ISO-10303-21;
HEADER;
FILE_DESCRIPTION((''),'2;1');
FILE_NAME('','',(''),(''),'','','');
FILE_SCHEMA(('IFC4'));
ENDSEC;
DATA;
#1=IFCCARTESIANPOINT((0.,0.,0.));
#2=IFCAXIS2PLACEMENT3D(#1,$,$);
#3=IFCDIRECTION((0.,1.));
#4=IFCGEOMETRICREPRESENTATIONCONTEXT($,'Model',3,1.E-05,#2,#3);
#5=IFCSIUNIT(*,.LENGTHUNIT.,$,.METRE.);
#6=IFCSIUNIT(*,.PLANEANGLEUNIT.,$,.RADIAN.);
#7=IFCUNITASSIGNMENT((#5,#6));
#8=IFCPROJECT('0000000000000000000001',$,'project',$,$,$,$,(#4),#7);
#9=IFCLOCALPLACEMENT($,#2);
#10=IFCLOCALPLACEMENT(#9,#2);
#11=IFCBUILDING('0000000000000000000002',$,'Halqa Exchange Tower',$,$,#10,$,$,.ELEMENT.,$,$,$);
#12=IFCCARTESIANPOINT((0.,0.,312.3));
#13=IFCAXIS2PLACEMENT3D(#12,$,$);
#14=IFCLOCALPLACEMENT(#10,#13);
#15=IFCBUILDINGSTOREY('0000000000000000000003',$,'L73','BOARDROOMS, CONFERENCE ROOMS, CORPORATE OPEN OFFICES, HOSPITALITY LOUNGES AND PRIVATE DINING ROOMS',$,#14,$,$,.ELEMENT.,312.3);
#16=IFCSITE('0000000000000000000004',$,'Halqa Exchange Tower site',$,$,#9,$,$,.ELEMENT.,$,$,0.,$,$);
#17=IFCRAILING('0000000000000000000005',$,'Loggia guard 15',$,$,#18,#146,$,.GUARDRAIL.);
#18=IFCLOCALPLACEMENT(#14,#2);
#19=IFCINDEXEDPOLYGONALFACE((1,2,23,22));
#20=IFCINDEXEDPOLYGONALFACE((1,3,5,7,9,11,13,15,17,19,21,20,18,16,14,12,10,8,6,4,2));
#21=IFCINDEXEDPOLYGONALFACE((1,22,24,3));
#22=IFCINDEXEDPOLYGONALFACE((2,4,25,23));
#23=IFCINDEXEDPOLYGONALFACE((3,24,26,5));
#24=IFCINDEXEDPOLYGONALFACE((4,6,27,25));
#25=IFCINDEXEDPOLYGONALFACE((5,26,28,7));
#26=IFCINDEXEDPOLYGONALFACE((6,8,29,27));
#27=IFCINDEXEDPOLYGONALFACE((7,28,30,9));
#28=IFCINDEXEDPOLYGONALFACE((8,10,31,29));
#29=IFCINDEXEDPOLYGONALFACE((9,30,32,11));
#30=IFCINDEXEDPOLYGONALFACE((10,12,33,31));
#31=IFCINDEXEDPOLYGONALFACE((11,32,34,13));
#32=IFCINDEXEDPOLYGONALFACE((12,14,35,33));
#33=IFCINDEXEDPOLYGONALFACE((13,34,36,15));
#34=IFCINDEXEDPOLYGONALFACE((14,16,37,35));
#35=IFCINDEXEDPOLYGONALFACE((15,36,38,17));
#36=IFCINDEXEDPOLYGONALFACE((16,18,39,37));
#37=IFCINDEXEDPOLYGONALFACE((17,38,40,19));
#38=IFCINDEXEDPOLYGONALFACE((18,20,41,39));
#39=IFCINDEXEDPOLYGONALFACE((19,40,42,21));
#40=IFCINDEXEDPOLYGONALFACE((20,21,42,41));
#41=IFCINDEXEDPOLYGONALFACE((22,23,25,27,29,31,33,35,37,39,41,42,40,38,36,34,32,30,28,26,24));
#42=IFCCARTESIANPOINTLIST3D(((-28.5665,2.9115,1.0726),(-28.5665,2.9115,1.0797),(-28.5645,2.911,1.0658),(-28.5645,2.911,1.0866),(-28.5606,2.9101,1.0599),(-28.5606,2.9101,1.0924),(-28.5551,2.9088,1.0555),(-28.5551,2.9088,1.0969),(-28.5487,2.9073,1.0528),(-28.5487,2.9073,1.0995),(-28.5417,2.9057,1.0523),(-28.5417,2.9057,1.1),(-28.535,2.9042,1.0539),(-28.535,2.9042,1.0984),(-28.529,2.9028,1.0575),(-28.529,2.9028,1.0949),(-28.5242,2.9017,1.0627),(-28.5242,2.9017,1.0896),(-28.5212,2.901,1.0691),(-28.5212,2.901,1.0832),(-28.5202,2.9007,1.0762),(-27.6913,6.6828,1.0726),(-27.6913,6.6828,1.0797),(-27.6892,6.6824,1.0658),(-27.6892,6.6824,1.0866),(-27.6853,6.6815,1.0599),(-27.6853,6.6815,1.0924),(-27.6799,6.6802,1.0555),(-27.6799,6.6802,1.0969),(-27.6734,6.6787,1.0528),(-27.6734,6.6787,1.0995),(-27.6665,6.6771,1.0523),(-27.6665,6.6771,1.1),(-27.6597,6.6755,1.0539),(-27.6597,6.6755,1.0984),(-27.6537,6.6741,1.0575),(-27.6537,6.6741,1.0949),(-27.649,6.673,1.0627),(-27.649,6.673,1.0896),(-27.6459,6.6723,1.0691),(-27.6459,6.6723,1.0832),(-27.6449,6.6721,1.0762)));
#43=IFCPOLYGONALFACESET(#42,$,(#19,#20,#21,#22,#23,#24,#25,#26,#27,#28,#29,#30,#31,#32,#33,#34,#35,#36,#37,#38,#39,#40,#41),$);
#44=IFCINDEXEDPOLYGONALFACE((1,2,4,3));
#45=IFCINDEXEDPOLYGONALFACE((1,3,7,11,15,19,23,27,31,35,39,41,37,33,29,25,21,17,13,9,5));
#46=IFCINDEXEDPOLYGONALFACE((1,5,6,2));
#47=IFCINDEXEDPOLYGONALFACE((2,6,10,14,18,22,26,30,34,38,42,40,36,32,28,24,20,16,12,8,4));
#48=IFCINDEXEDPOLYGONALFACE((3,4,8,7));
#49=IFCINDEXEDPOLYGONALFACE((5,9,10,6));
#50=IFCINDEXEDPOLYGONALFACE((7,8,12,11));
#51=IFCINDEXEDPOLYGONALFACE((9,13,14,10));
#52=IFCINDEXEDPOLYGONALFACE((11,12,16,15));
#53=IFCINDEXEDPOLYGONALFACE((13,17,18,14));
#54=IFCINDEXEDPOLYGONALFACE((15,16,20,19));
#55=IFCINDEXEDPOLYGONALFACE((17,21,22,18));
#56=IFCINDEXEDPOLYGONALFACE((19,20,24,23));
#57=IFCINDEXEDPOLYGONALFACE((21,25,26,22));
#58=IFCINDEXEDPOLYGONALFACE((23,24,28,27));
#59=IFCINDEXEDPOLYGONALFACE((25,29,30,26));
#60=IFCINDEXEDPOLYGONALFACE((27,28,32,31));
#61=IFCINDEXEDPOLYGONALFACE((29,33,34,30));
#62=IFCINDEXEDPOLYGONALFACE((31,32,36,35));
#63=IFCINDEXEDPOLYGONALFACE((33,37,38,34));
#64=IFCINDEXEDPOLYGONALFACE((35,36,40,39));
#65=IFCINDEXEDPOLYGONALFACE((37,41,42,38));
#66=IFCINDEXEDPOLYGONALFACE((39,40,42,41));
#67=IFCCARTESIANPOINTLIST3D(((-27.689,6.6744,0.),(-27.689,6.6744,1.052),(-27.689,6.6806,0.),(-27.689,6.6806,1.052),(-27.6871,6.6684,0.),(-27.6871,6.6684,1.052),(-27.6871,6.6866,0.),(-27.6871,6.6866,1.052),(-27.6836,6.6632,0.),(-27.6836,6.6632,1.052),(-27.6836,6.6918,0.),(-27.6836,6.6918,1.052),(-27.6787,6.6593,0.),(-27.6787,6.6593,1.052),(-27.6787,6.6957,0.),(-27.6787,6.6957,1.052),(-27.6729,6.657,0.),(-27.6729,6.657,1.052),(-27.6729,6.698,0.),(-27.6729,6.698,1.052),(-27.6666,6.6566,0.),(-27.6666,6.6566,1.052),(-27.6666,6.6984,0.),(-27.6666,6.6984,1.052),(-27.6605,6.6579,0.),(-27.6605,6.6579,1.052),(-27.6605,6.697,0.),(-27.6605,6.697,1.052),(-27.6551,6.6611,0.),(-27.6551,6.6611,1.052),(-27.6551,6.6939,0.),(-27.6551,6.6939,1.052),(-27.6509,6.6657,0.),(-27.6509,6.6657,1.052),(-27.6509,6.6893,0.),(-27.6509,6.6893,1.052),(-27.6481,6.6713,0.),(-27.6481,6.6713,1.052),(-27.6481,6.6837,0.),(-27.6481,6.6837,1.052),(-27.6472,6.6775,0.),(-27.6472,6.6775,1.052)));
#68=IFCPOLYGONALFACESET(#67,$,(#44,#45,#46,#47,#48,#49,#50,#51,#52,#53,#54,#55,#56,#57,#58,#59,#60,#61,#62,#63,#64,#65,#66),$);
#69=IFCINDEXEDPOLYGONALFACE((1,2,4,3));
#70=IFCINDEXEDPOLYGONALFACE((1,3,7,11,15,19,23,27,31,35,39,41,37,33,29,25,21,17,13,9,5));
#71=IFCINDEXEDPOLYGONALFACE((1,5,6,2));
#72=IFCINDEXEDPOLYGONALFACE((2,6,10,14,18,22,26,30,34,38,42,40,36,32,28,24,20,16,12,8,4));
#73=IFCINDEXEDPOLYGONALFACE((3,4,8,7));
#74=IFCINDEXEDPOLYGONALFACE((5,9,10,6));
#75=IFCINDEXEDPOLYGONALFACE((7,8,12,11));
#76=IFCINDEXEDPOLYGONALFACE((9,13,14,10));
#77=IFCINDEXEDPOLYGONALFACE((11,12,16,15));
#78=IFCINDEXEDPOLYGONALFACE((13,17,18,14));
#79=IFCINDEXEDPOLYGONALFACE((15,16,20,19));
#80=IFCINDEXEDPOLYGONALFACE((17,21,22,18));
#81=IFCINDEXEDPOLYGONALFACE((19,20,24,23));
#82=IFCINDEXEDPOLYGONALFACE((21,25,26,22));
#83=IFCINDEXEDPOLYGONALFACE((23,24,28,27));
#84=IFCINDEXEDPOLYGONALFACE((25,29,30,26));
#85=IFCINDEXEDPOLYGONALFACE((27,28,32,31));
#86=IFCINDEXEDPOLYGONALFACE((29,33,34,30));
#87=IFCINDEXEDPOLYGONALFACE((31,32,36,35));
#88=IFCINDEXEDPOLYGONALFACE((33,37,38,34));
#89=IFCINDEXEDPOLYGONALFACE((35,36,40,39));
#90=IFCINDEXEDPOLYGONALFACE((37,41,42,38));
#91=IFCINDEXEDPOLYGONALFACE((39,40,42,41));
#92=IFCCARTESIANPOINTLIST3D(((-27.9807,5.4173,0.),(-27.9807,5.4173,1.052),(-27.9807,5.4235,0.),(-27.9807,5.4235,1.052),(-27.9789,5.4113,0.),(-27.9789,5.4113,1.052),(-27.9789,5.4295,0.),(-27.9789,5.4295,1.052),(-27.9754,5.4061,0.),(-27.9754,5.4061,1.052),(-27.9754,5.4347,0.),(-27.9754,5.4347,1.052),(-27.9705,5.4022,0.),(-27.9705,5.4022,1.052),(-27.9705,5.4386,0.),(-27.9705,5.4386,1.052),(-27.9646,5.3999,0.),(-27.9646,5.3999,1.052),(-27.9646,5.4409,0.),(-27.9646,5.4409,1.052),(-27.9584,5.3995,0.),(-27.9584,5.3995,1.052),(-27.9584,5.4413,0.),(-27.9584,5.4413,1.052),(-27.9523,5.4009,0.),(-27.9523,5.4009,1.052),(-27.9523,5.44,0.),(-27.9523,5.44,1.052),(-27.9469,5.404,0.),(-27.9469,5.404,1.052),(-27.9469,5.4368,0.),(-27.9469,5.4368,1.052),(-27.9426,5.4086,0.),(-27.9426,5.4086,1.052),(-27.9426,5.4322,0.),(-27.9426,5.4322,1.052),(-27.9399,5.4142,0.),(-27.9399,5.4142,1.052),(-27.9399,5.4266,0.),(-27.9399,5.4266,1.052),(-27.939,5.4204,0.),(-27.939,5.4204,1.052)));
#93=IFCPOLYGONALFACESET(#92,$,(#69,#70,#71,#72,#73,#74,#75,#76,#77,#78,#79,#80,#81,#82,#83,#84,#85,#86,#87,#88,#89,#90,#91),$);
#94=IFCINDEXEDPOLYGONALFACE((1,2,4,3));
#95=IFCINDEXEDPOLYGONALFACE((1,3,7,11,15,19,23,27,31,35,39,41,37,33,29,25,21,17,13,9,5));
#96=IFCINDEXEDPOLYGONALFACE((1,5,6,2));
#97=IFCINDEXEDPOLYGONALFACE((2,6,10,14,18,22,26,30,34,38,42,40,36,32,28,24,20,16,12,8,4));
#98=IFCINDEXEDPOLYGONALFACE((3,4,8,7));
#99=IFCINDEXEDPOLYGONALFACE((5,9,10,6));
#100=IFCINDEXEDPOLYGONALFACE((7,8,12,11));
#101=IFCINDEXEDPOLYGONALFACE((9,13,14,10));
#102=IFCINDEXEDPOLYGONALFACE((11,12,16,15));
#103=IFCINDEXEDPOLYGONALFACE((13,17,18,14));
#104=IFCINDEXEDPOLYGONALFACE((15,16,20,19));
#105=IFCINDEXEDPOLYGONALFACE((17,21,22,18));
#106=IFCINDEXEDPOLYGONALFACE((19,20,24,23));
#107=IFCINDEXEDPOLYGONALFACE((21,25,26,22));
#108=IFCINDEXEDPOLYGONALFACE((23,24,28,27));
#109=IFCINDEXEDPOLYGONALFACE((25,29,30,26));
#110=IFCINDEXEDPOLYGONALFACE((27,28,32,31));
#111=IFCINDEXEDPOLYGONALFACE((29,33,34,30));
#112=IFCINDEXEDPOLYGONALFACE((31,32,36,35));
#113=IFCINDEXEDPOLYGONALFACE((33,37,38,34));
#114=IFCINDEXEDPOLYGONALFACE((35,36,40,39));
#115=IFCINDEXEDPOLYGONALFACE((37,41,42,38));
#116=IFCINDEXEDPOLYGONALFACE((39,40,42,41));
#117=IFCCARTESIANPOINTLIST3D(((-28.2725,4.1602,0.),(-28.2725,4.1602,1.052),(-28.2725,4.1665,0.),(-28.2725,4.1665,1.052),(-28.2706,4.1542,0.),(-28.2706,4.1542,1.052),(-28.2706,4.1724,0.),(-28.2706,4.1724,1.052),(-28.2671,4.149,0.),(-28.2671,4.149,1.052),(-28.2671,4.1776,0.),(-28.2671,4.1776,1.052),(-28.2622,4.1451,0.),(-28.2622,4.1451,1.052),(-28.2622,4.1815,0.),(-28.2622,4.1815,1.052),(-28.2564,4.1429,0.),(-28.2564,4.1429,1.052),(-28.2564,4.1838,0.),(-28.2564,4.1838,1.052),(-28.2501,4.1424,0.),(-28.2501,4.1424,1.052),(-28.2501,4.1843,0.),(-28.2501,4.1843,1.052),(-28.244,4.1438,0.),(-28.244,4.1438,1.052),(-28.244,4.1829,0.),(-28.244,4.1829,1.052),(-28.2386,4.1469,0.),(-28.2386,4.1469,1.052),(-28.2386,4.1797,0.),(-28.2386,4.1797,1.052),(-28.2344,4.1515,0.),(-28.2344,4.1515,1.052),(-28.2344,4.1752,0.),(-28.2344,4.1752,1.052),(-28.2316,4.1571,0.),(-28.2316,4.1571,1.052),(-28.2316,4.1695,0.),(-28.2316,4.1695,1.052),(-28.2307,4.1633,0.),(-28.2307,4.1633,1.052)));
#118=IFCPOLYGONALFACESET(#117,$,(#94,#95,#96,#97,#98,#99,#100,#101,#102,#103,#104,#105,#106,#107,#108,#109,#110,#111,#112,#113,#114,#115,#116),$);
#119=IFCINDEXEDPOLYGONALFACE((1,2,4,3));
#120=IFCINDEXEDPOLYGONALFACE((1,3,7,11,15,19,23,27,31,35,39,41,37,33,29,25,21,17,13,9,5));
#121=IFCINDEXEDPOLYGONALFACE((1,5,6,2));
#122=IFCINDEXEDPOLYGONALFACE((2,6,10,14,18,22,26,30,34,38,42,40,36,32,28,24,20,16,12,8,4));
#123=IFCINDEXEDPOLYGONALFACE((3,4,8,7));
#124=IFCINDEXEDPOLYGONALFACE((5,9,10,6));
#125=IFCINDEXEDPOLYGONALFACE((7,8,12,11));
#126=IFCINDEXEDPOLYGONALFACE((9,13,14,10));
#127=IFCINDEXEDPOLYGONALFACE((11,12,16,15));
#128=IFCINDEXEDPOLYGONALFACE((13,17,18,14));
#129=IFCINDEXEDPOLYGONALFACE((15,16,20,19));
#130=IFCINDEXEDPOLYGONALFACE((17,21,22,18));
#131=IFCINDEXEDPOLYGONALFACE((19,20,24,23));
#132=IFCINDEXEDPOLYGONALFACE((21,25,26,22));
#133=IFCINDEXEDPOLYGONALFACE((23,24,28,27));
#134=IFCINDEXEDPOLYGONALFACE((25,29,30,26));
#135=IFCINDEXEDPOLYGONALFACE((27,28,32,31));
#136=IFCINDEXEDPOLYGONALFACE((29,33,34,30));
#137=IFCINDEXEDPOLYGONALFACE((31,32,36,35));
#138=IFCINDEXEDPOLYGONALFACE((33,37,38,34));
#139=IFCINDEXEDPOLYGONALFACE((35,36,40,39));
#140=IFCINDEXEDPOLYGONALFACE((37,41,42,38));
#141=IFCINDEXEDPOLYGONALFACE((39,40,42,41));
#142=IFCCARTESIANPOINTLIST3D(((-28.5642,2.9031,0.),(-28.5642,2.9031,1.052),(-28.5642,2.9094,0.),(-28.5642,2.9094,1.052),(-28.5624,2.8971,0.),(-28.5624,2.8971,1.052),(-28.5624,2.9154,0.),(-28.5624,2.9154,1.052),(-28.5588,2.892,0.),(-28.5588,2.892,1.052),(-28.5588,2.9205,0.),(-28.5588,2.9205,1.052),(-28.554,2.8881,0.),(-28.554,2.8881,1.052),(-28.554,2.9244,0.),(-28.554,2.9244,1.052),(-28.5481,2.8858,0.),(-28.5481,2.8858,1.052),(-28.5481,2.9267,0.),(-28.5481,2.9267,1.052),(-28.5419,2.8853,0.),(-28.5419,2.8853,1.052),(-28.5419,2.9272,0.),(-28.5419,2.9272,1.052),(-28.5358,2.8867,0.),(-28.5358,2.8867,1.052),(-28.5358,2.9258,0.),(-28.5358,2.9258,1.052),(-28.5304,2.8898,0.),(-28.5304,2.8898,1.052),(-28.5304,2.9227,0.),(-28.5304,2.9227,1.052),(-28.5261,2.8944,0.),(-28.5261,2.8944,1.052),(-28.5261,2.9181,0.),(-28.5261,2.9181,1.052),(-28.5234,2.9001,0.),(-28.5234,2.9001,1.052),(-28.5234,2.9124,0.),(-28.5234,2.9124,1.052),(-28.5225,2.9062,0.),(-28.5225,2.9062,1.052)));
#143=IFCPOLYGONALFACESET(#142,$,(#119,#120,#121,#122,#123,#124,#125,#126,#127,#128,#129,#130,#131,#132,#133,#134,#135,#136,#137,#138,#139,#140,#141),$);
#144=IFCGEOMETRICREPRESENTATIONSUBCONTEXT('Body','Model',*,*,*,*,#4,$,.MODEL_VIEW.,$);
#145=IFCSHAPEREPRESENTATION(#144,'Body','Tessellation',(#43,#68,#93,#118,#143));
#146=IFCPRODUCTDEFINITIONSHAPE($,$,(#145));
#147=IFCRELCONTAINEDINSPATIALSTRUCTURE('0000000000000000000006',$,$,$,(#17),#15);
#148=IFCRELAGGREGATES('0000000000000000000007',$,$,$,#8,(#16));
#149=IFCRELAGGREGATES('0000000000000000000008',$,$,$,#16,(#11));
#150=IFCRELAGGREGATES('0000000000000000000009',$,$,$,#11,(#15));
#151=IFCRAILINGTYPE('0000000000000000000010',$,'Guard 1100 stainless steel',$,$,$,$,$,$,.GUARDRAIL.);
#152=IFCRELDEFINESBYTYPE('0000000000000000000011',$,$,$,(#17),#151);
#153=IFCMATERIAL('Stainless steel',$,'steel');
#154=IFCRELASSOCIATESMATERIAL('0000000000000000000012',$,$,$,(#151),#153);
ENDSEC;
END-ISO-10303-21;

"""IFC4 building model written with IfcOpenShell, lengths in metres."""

from ifc_helpers import new_model, si_unit, direction, frame, origin, origin_2d, place, context, subcontext, project, spatial, circle, extrude, material, type_object, element, save


model = new_model("IFC4")

# Units and contexts
model_context = context("Model", 3, precision=1e-05, world=origin(), true_north=direction((0.0, 1.0)))
body_context = subcontext(model_context, "Body", "Model", "MODEL_VIEW")
ifc_project = project(units=[si_unit("LENGTHUNIT", "METRE"), si_unit("PLANEANGLEUNIT", "RADIAN")], contexts=[model_context])

# Site, building, storey
site_placement = place(None, origin())
site = spatial("IfcSite", under=ifc_project, at=site_placement, Name="Halqa Exchange Tower site", CompositionType="ELEMENT", RefElevation=0.0)
building_placement = place(site_placement, origin())
building = spatial("IfcBuilding", under=site, at=building_placement, Name="Halqa Exchange Tower", CompositionType="ELEMENT")
storey_placement = place(building_placement, frame((0.0, 0.0, 312.3)))
storey = spatial("IfcBuildingStorey", under=building, at=storey_placement, Name="L73", Description="BOARDROOMS, CONFERENCE ROOMS, CORPORATE OPEN OFFICES, HOSPITALITY LOUNGES AND PRIVATE DINING ROOMS", CompositionType="ELEMENT", Elevation=312.3)

# Railing
ifc_material_1 = material(Name="Stainless steel", Category="steel")
railing_type = type_object("IfcRailingType", Name="Guard 1100 stainless steel", PredefinedType="GUARDRAIL", material=ifc_material_1)
railing_1_placement = place(storey_placement, frame((-27.6682, 6.6775, 0.0)))
element("IfcRailing", 1, at=railing_1_placement, inside=storey, type_object=railing_type, Name="Loggia guard 15", PredefinedType="GUARDRAIL", context=body_context, shape_type="SweptSolid", body=[
    extrude(circle(Radius=0.0239, at=origin_2d()), frame((0.0, 0.0, 1.0762), z_axis=(-0.226075, -0.97411, 0.0), x_axis=(0.97411, -0.226075, 0.0)), (0.0, 0.0, 1.0), 3.8716),
    extrude(circle(Radius=0.021, at=origin_2d()), origin(), (0.0, 0.0, 1.0), 1.052),
    extrude(circle(Radius=0.021, at=origin_2d()), frame((-0.2917, -1.2571, 0.0)), (0.0, 0.0, 1.0), 1.052),
    extrude(circle(Radius=0.021, at=origin_2d()), frame((-0.5835, -2.5142, 0.0)), (0.0, 0.0, 1.0), 1.052),
    extrude(circle(Radius=0.021, at=origin_2d()), frame((-0.8752, -3.7712, 0.0)), (0.0, 0.0, 1.0), 1.052),
])

save(model, "model.ifc")
